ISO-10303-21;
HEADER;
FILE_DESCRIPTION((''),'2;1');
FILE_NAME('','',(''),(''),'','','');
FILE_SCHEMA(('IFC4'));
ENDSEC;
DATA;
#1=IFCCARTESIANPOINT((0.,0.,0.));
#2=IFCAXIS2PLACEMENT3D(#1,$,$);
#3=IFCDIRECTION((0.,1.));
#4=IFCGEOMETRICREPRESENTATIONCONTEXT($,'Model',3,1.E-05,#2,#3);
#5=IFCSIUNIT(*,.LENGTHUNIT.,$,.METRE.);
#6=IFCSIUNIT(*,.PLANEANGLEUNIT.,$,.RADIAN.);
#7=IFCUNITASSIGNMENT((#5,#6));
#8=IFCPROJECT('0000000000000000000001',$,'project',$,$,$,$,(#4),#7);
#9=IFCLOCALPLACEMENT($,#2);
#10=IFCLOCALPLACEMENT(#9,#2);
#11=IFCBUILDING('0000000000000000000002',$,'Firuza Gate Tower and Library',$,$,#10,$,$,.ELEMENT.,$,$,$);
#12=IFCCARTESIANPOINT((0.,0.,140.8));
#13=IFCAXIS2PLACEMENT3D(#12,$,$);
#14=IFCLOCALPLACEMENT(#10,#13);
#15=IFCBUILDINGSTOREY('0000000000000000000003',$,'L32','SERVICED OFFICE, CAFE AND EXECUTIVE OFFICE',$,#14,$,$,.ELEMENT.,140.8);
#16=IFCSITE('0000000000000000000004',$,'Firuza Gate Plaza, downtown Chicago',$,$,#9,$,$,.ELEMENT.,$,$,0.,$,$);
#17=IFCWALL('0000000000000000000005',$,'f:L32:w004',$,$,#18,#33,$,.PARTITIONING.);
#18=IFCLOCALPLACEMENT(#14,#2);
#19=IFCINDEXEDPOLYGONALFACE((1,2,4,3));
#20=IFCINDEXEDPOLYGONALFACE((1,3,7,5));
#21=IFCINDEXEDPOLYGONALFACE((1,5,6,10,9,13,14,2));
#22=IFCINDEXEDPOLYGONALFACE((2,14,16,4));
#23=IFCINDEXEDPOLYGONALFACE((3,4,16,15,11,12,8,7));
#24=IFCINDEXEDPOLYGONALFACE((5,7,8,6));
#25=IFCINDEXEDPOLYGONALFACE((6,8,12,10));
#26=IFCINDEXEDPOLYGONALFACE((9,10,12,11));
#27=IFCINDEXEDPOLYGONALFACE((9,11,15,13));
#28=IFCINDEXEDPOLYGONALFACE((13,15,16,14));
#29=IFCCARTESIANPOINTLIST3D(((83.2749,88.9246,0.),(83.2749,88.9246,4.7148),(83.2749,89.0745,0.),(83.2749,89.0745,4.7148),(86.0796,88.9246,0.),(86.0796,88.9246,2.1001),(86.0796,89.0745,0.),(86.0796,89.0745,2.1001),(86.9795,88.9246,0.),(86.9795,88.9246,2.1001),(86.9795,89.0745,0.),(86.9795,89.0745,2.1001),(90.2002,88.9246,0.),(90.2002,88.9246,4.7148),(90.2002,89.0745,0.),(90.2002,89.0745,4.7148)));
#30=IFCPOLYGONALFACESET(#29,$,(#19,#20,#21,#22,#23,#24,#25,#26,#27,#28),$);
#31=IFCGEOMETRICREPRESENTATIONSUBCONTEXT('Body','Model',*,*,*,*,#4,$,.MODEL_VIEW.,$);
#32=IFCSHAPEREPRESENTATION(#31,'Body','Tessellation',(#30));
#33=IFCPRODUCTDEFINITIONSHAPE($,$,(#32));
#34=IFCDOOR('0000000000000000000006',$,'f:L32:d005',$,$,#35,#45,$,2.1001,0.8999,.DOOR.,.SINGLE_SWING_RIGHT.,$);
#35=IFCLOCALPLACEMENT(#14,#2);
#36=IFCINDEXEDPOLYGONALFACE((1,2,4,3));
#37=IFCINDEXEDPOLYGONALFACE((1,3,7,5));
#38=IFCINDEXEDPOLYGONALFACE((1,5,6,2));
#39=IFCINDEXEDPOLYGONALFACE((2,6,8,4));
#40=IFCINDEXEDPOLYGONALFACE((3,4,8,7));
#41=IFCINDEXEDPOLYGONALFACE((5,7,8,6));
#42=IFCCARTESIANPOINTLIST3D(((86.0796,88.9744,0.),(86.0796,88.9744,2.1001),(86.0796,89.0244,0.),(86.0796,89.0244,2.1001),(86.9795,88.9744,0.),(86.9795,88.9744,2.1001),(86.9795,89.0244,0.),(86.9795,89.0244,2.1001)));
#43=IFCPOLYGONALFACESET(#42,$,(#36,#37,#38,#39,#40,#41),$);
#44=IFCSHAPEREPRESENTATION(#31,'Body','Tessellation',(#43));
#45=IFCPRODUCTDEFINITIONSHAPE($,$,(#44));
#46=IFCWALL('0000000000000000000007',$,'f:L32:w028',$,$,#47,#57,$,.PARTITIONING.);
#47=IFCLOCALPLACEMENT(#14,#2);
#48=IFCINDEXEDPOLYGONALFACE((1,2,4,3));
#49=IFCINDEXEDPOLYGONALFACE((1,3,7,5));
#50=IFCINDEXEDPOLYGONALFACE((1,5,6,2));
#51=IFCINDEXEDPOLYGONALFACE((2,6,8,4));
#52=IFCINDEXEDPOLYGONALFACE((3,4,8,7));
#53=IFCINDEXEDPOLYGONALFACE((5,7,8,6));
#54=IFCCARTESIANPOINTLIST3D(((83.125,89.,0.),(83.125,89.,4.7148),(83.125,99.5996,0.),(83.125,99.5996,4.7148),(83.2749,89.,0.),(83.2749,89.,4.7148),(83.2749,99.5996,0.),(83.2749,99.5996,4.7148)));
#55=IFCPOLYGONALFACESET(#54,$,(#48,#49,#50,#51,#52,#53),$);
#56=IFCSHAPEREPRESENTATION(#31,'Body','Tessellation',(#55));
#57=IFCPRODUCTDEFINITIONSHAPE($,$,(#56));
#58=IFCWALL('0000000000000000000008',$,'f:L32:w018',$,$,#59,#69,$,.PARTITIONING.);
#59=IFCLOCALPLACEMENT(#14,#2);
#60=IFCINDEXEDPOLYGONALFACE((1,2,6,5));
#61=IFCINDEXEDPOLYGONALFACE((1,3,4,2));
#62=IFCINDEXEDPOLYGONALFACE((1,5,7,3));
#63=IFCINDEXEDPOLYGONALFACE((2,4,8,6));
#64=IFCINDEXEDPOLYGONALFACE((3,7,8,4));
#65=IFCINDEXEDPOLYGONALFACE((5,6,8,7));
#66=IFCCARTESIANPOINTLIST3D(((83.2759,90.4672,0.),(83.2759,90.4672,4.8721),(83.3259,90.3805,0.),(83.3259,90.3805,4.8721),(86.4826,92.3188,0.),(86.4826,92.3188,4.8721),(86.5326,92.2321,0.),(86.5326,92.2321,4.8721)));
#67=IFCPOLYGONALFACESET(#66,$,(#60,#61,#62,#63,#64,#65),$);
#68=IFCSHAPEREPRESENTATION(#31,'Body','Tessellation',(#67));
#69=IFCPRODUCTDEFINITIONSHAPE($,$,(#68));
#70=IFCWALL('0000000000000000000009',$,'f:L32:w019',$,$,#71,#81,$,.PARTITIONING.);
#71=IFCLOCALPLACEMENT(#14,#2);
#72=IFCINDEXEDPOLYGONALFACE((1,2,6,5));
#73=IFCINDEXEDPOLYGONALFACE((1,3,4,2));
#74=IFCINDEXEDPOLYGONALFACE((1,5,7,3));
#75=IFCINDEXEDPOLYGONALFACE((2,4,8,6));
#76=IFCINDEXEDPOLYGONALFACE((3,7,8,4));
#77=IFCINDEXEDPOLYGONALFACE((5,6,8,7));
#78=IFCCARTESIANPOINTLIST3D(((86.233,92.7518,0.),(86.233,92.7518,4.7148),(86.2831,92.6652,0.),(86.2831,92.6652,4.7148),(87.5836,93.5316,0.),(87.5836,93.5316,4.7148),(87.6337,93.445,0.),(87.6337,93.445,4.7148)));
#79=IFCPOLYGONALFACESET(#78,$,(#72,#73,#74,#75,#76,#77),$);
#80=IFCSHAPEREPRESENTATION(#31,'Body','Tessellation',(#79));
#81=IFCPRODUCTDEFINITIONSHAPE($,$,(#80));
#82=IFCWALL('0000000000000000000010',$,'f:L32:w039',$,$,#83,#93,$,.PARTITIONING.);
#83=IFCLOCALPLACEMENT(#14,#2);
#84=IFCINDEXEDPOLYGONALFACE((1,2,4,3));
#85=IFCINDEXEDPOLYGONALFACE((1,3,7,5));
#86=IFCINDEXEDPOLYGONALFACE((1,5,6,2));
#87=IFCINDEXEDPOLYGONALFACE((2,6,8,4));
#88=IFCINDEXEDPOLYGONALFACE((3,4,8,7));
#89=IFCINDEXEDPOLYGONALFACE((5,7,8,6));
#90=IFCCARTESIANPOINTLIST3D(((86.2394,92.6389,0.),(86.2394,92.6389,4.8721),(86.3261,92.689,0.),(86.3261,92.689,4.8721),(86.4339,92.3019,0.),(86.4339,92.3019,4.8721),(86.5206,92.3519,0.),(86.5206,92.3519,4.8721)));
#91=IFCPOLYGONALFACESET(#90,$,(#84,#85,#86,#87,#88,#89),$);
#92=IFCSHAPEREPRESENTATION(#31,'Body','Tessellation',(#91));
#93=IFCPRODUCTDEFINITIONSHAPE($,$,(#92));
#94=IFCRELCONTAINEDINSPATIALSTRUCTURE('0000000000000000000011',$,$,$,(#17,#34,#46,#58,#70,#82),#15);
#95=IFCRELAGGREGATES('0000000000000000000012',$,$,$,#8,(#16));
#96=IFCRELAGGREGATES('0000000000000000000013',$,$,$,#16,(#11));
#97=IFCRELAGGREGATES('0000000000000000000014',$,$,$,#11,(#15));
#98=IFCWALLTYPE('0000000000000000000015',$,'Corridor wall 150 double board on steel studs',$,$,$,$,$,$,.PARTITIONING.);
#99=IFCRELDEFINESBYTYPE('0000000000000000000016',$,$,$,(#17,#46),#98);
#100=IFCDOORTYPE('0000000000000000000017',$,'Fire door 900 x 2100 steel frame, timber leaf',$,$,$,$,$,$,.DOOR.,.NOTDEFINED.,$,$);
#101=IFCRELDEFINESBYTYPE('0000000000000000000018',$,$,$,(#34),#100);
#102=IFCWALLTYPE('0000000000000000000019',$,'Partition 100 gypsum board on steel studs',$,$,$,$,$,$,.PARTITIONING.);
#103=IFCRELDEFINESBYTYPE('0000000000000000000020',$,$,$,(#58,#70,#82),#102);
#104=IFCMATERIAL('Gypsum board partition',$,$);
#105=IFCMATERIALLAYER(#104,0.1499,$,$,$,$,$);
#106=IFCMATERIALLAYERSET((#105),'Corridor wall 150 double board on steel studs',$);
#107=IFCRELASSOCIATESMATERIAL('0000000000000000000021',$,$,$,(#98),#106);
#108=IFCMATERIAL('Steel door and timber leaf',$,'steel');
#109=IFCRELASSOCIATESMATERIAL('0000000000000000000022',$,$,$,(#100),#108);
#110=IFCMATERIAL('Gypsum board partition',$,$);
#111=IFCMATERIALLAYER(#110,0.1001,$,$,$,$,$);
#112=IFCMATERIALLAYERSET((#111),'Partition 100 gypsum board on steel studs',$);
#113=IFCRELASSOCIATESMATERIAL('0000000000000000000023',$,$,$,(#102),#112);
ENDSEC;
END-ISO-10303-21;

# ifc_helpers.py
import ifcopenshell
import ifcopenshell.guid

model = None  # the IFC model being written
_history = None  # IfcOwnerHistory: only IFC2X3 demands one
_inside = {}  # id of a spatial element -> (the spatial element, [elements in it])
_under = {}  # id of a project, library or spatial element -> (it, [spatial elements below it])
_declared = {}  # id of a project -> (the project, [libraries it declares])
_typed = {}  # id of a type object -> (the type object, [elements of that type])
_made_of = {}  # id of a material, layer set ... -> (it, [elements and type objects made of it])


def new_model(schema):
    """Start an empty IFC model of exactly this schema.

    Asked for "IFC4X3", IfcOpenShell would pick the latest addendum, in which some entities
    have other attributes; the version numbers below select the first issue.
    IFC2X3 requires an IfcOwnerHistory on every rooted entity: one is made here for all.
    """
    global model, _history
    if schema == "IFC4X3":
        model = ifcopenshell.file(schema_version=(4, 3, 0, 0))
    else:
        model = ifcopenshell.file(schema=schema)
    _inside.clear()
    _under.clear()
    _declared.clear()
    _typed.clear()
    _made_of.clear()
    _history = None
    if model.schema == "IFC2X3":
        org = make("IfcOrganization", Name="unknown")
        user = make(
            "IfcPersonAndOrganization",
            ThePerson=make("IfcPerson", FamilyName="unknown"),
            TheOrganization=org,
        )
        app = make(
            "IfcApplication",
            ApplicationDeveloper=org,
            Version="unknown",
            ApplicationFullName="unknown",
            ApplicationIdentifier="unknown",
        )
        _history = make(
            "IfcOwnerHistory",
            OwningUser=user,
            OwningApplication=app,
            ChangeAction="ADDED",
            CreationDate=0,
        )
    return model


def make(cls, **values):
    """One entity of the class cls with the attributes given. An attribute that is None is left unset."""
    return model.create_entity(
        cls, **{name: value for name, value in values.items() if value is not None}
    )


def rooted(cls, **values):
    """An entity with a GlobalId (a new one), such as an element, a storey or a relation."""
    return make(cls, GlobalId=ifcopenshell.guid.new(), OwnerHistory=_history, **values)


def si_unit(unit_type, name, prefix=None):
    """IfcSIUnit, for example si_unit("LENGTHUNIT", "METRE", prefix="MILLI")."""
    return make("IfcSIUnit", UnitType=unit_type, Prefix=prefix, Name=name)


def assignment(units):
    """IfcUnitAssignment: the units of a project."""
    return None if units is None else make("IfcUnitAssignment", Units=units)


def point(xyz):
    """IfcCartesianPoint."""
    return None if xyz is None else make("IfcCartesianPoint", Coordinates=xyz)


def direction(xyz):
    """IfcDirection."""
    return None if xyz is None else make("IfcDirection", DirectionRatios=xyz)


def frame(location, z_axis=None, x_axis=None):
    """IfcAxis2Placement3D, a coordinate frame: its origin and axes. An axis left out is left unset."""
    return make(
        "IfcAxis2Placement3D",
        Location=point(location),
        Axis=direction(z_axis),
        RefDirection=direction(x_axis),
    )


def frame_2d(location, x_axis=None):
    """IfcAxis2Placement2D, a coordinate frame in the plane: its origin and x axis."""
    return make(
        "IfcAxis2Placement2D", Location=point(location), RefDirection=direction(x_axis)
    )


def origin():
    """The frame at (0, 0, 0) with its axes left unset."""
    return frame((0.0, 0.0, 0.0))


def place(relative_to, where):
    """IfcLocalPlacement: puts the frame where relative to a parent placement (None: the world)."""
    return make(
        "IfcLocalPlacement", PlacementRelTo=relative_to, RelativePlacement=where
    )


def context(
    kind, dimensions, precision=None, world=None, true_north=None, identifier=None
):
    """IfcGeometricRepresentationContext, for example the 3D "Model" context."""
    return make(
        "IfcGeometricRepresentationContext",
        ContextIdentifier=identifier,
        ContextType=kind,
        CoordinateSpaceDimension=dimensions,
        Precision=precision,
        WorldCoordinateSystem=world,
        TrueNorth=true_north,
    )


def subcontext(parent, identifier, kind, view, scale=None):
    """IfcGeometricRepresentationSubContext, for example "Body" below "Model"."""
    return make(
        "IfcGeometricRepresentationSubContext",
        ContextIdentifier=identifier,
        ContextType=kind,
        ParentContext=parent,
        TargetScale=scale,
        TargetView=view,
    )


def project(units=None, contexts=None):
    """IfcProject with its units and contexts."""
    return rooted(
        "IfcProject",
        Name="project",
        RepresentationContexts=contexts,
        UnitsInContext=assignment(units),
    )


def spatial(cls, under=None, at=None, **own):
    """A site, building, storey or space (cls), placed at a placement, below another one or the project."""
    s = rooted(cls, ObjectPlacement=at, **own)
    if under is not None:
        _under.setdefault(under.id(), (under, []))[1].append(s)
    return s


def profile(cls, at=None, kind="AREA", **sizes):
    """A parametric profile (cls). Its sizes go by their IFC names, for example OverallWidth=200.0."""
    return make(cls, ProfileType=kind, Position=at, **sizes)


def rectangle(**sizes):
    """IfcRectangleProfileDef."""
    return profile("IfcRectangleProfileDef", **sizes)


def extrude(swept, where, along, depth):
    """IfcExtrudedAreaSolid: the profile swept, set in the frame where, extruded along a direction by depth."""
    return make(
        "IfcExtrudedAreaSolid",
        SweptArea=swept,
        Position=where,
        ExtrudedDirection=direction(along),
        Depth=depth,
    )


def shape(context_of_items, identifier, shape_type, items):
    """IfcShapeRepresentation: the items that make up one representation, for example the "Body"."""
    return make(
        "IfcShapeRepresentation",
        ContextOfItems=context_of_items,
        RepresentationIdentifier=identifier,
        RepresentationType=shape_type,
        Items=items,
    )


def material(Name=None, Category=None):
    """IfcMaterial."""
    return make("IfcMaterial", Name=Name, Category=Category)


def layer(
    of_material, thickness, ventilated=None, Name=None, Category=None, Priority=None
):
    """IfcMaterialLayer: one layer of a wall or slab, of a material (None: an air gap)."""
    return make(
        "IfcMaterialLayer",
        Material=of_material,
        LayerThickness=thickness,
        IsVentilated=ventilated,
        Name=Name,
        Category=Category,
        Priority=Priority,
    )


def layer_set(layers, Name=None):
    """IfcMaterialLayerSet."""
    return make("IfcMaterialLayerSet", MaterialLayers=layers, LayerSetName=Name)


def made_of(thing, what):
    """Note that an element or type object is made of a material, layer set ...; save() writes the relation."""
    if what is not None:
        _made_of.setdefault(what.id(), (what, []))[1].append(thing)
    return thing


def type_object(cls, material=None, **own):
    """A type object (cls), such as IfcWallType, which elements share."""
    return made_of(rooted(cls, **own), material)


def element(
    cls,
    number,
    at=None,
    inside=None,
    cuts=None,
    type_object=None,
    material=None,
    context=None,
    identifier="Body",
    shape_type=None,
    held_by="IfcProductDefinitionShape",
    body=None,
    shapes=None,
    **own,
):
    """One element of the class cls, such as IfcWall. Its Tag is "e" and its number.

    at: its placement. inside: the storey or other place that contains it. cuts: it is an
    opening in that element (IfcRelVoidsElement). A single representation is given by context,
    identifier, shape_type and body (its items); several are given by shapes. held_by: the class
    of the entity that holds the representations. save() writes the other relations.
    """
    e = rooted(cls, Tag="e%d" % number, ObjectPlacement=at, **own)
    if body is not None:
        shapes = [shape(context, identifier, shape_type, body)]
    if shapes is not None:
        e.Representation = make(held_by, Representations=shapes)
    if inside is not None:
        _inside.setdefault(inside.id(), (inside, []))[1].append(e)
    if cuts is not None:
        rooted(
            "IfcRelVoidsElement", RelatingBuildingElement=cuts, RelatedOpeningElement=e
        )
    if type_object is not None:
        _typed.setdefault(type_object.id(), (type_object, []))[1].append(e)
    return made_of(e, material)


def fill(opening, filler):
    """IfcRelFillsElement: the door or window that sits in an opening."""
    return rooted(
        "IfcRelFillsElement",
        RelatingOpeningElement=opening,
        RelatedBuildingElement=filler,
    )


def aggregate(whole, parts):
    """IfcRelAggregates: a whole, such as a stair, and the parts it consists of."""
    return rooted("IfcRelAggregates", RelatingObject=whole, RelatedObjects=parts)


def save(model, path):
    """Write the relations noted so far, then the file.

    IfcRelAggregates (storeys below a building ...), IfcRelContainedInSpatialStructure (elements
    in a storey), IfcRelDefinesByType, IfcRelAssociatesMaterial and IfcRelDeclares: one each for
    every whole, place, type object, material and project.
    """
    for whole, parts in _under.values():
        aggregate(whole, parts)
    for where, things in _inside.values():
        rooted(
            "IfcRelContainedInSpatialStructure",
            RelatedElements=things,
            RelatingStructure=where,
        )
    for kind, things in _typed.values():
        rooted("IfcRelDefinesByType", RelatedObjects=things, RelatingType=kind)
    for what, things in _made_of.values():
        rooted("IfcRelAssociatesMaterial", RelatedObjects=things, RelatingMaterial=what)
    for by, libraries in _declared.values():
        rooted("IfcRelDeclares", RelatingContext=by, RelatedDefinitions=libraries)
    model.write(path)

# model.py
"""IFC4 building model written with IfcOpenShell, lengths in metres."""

from ifc_helpers import new_model, si_unit, direction, frame, frame_2d, origin, place, context, subcontext, project, spatial, rectangle, extrude, material, layer, layer_set, type_object, element, fill, save


model = new_model("IFC4")

# Units and contexts
model_context = context("Model", 3, precision=1e-05, world=origin(), true_north=direction((0.0, 1.0)))
body_context = subcontext(model_context, "Body", "Model", "MODEL_VIEW")
ifc_project = project(units=[si_unit("LENGTHUNIT", "METRE"), si_unit("PLANEANGLEUNIT", "RADIAN")], contexts=[model_context])

# Site, building, storey
site_placement = place(None, origin())
site = spatial("IfcSite", under=ifc_project, at=site_placement, Name="Firuza Gate Plaza, downtown Chicago", CompositionType="ELEMENT", RefElevation=0.0)
building_placement = place(site_placement, origin())
building = spatial("IfcBuilding", under=site, at=building_placement, Name="Firuza Gate Tower and Library", CompositionType="ELEMENT")
storey_placement = place(building_placement, frame((0.0, 0.0, 140.8)))
storey = spatial("IfcBuildingStorey", under=building, at=storey_placement, Name="L32", Description="SERVICED OFFICE, CAFE AND EXECUTIVE OFFICE", CompositionType="ELEMENT", Elevation=140.8)

# Wall, opening, door
ifc_material_1 = material(Name="Gypsum board partition")
ifc_layer_1 = layer(ifc_material_1, 0.1499)
ifc_layer_set_1 = layer_set([ifc_layer_1], Name="Corridor wall 150 double board on steel studs")
wall_type_1 = type_object("IfcWallType", Name="Corridor wall 150 double board on steel studs", PredefinedType="PARTITIONING", material=ifc_layer_set_1)
wall_1_placement = place(storey_placement, frame((83.2749, 88.9995, 0.0), z_axis=(0.0, 0.0, 1.0), x_axis=(1.0, 0.0, 0.0)))
wall_1 = element("IfcWall", 1, at=wall_1_placement, inside=storey, type_object=wall_type_1, Name="f:L32:w004", PredefinedType="PARTITIONING", context=body_context, shape_type="SweptSolid", body=[
    extrude(rectangle(XDim=6.9253, YDim=0.1499, at=frame_2d((3.4626, 0.0))), origin(), (0.0, 0.0, 1.0), 4.7148),
])
opening_1_placement = place(wall_1_placement, frame((2.8047, 0.0, 0.0)))
opening_1 = element("IfcOpeningElement", 2, at=opening_1_placement, cuts=wall_1, PredefinedType="OPENING", context=body_context, shape_type="SweptSolid", body=[
    extrude(rectangle(XDim=0.8999, YDim=2.1001, at=frame_2d((0.45, 1.05))), frame((0.0, 0.085, 0.0), z_axis=(0.0, -1.0, 0.0), x_axis=(1.0, 0.0, 0.0)), (0.0, 0.0, 1.0), 0.1699),
])
ifc_material_2 = material(Name="Steel door and timber leaf", Category="steel")
door_type_1 = type_object("IfcDoorType", Name="Fire door 900 x 2100 steel frame, timber leaf", OperationType="NOTDEFINED", PredefinedType="DOOR", material=ifc_material_2)
door_1_placement = place(opening_1_placement, origin())
door_1 = element("IfcDoor", 3, at=door_1_placement, inside=storey, type_object=door_type_1, Name="f:L32:d005", OperationType="SINGLE_SWING_RIGHT", OverallHeight=2.1001, OverallWidth=0.8999, PredefinedType="DOOR", context=body_context, shape_type="SweptSolid", body=[
    extrude(rectangle(XDim=0.8999, YDim=2.1001, at=frame_2d((0.45, 1.05))), frame((0.0, 0.0249, 0.0), z_axis=(0.0, -1.0, 0.0), x_axis=(1.0, 0.0, 0.0)), (0.0, 0.0, 1.0), 0.05),
])
fill(opening_1, door_1)

# Walls
wall_2_placement = place(storey_placement, frame((83.2, 89.0, 0.0), z_axis=(0.0, 0.0, 1.0), x_axis=(0.0, 1.0, 0.0)))
element("IfcWall", 4, at=wall_2_placement, inside=storey, type_object=wall_type_1, Name="f:L32:w028", PredefinedType="PARTITIONING", context=body_context, shape_type="SweptSolid", body=[
    extrude(rectangle(XDim=10.5996, YDim=0.1499, at=frame_2d((5.2998, 0.0))), origin(), (0.0, 0.0, 1.0), 4.7148),
])
ifc_material_3 = material(Name="Gypsum board partition")
ifc_layer_2 = layer(ifc_material_3, 0.1001)
ifc_layer_set_2 = layer_set([ifc_layer_2], Name="Partition 100 gypsum board on steel studs")
wall_type_2 = type_object("IfcWallType", Name="Partition 100 gypsum board on steel studs", PredefinedType="PARTITIONING", material=ifc_layer_set_2)
wall_3_placement = place(storey_placement, frame((83.3008, 90.4238, 0.0), z_axis=(0.0, 0.0, 1.0), x_axis=(0.866011, 0.500025, 0.0)))
element("IfcWall", 5, at=wall_3_placement, inside=storey, type_object=wall_type_2, Name="f:L32:w018", PredefinedType="PARTITIONING", context=body_context, shape_type="SweptSolid", body=[
    extrude(rectangle(XDim=3.7029, YDim=0.1001, at=frame_2d((1.8516, 0.0))), origin(), (0.0, 0.0, 1.0), 4.8721),
])
wall_4_placement = place(storey_placement, frame((86.2581, 92.7085, 0.0), z_axis=(0.0, 0.0, 1.0), x_axis=(0.866019, 0.500012, 0.0)))
element("IfcWall", 6, at=wall_4_placement, inside=storey, type_object=wall_type_2, Name="f:L32:w019", PredefinedType="PARTITIONING", context=body_context, shape_type="SweptSolid", body=[
    extrude(rectangle(XDim=1.5596, YDim=0.1001, at=frame_2d((0.7798, 0.0))), origin(), (0.0, 0.0, 1.0), 4.7148),
])
wall_5_placement = place(storey_placement, frame((86.4773, 92.3269, 0.0), z_axis=(0.0, 0.0, 1.0), x_axis=(-0.499849, 0.866112, 0.0)))
element("IfcWall", 7, at=wall_5_placement, inside=storey, type_object=wall_type_2, Name="f:L32:w039", PredefinedType="PARTITIONING", context=body_context, shape_type="SweptSolid", body=[
    extrude(rectangle(XDim=0.3892, YDim=0.1001, at=frame_2d((0.1946, 0.0))), origin(), (0.0, 0.0, 1.0), 4.8721),
])

save(model, "model.ifc")
